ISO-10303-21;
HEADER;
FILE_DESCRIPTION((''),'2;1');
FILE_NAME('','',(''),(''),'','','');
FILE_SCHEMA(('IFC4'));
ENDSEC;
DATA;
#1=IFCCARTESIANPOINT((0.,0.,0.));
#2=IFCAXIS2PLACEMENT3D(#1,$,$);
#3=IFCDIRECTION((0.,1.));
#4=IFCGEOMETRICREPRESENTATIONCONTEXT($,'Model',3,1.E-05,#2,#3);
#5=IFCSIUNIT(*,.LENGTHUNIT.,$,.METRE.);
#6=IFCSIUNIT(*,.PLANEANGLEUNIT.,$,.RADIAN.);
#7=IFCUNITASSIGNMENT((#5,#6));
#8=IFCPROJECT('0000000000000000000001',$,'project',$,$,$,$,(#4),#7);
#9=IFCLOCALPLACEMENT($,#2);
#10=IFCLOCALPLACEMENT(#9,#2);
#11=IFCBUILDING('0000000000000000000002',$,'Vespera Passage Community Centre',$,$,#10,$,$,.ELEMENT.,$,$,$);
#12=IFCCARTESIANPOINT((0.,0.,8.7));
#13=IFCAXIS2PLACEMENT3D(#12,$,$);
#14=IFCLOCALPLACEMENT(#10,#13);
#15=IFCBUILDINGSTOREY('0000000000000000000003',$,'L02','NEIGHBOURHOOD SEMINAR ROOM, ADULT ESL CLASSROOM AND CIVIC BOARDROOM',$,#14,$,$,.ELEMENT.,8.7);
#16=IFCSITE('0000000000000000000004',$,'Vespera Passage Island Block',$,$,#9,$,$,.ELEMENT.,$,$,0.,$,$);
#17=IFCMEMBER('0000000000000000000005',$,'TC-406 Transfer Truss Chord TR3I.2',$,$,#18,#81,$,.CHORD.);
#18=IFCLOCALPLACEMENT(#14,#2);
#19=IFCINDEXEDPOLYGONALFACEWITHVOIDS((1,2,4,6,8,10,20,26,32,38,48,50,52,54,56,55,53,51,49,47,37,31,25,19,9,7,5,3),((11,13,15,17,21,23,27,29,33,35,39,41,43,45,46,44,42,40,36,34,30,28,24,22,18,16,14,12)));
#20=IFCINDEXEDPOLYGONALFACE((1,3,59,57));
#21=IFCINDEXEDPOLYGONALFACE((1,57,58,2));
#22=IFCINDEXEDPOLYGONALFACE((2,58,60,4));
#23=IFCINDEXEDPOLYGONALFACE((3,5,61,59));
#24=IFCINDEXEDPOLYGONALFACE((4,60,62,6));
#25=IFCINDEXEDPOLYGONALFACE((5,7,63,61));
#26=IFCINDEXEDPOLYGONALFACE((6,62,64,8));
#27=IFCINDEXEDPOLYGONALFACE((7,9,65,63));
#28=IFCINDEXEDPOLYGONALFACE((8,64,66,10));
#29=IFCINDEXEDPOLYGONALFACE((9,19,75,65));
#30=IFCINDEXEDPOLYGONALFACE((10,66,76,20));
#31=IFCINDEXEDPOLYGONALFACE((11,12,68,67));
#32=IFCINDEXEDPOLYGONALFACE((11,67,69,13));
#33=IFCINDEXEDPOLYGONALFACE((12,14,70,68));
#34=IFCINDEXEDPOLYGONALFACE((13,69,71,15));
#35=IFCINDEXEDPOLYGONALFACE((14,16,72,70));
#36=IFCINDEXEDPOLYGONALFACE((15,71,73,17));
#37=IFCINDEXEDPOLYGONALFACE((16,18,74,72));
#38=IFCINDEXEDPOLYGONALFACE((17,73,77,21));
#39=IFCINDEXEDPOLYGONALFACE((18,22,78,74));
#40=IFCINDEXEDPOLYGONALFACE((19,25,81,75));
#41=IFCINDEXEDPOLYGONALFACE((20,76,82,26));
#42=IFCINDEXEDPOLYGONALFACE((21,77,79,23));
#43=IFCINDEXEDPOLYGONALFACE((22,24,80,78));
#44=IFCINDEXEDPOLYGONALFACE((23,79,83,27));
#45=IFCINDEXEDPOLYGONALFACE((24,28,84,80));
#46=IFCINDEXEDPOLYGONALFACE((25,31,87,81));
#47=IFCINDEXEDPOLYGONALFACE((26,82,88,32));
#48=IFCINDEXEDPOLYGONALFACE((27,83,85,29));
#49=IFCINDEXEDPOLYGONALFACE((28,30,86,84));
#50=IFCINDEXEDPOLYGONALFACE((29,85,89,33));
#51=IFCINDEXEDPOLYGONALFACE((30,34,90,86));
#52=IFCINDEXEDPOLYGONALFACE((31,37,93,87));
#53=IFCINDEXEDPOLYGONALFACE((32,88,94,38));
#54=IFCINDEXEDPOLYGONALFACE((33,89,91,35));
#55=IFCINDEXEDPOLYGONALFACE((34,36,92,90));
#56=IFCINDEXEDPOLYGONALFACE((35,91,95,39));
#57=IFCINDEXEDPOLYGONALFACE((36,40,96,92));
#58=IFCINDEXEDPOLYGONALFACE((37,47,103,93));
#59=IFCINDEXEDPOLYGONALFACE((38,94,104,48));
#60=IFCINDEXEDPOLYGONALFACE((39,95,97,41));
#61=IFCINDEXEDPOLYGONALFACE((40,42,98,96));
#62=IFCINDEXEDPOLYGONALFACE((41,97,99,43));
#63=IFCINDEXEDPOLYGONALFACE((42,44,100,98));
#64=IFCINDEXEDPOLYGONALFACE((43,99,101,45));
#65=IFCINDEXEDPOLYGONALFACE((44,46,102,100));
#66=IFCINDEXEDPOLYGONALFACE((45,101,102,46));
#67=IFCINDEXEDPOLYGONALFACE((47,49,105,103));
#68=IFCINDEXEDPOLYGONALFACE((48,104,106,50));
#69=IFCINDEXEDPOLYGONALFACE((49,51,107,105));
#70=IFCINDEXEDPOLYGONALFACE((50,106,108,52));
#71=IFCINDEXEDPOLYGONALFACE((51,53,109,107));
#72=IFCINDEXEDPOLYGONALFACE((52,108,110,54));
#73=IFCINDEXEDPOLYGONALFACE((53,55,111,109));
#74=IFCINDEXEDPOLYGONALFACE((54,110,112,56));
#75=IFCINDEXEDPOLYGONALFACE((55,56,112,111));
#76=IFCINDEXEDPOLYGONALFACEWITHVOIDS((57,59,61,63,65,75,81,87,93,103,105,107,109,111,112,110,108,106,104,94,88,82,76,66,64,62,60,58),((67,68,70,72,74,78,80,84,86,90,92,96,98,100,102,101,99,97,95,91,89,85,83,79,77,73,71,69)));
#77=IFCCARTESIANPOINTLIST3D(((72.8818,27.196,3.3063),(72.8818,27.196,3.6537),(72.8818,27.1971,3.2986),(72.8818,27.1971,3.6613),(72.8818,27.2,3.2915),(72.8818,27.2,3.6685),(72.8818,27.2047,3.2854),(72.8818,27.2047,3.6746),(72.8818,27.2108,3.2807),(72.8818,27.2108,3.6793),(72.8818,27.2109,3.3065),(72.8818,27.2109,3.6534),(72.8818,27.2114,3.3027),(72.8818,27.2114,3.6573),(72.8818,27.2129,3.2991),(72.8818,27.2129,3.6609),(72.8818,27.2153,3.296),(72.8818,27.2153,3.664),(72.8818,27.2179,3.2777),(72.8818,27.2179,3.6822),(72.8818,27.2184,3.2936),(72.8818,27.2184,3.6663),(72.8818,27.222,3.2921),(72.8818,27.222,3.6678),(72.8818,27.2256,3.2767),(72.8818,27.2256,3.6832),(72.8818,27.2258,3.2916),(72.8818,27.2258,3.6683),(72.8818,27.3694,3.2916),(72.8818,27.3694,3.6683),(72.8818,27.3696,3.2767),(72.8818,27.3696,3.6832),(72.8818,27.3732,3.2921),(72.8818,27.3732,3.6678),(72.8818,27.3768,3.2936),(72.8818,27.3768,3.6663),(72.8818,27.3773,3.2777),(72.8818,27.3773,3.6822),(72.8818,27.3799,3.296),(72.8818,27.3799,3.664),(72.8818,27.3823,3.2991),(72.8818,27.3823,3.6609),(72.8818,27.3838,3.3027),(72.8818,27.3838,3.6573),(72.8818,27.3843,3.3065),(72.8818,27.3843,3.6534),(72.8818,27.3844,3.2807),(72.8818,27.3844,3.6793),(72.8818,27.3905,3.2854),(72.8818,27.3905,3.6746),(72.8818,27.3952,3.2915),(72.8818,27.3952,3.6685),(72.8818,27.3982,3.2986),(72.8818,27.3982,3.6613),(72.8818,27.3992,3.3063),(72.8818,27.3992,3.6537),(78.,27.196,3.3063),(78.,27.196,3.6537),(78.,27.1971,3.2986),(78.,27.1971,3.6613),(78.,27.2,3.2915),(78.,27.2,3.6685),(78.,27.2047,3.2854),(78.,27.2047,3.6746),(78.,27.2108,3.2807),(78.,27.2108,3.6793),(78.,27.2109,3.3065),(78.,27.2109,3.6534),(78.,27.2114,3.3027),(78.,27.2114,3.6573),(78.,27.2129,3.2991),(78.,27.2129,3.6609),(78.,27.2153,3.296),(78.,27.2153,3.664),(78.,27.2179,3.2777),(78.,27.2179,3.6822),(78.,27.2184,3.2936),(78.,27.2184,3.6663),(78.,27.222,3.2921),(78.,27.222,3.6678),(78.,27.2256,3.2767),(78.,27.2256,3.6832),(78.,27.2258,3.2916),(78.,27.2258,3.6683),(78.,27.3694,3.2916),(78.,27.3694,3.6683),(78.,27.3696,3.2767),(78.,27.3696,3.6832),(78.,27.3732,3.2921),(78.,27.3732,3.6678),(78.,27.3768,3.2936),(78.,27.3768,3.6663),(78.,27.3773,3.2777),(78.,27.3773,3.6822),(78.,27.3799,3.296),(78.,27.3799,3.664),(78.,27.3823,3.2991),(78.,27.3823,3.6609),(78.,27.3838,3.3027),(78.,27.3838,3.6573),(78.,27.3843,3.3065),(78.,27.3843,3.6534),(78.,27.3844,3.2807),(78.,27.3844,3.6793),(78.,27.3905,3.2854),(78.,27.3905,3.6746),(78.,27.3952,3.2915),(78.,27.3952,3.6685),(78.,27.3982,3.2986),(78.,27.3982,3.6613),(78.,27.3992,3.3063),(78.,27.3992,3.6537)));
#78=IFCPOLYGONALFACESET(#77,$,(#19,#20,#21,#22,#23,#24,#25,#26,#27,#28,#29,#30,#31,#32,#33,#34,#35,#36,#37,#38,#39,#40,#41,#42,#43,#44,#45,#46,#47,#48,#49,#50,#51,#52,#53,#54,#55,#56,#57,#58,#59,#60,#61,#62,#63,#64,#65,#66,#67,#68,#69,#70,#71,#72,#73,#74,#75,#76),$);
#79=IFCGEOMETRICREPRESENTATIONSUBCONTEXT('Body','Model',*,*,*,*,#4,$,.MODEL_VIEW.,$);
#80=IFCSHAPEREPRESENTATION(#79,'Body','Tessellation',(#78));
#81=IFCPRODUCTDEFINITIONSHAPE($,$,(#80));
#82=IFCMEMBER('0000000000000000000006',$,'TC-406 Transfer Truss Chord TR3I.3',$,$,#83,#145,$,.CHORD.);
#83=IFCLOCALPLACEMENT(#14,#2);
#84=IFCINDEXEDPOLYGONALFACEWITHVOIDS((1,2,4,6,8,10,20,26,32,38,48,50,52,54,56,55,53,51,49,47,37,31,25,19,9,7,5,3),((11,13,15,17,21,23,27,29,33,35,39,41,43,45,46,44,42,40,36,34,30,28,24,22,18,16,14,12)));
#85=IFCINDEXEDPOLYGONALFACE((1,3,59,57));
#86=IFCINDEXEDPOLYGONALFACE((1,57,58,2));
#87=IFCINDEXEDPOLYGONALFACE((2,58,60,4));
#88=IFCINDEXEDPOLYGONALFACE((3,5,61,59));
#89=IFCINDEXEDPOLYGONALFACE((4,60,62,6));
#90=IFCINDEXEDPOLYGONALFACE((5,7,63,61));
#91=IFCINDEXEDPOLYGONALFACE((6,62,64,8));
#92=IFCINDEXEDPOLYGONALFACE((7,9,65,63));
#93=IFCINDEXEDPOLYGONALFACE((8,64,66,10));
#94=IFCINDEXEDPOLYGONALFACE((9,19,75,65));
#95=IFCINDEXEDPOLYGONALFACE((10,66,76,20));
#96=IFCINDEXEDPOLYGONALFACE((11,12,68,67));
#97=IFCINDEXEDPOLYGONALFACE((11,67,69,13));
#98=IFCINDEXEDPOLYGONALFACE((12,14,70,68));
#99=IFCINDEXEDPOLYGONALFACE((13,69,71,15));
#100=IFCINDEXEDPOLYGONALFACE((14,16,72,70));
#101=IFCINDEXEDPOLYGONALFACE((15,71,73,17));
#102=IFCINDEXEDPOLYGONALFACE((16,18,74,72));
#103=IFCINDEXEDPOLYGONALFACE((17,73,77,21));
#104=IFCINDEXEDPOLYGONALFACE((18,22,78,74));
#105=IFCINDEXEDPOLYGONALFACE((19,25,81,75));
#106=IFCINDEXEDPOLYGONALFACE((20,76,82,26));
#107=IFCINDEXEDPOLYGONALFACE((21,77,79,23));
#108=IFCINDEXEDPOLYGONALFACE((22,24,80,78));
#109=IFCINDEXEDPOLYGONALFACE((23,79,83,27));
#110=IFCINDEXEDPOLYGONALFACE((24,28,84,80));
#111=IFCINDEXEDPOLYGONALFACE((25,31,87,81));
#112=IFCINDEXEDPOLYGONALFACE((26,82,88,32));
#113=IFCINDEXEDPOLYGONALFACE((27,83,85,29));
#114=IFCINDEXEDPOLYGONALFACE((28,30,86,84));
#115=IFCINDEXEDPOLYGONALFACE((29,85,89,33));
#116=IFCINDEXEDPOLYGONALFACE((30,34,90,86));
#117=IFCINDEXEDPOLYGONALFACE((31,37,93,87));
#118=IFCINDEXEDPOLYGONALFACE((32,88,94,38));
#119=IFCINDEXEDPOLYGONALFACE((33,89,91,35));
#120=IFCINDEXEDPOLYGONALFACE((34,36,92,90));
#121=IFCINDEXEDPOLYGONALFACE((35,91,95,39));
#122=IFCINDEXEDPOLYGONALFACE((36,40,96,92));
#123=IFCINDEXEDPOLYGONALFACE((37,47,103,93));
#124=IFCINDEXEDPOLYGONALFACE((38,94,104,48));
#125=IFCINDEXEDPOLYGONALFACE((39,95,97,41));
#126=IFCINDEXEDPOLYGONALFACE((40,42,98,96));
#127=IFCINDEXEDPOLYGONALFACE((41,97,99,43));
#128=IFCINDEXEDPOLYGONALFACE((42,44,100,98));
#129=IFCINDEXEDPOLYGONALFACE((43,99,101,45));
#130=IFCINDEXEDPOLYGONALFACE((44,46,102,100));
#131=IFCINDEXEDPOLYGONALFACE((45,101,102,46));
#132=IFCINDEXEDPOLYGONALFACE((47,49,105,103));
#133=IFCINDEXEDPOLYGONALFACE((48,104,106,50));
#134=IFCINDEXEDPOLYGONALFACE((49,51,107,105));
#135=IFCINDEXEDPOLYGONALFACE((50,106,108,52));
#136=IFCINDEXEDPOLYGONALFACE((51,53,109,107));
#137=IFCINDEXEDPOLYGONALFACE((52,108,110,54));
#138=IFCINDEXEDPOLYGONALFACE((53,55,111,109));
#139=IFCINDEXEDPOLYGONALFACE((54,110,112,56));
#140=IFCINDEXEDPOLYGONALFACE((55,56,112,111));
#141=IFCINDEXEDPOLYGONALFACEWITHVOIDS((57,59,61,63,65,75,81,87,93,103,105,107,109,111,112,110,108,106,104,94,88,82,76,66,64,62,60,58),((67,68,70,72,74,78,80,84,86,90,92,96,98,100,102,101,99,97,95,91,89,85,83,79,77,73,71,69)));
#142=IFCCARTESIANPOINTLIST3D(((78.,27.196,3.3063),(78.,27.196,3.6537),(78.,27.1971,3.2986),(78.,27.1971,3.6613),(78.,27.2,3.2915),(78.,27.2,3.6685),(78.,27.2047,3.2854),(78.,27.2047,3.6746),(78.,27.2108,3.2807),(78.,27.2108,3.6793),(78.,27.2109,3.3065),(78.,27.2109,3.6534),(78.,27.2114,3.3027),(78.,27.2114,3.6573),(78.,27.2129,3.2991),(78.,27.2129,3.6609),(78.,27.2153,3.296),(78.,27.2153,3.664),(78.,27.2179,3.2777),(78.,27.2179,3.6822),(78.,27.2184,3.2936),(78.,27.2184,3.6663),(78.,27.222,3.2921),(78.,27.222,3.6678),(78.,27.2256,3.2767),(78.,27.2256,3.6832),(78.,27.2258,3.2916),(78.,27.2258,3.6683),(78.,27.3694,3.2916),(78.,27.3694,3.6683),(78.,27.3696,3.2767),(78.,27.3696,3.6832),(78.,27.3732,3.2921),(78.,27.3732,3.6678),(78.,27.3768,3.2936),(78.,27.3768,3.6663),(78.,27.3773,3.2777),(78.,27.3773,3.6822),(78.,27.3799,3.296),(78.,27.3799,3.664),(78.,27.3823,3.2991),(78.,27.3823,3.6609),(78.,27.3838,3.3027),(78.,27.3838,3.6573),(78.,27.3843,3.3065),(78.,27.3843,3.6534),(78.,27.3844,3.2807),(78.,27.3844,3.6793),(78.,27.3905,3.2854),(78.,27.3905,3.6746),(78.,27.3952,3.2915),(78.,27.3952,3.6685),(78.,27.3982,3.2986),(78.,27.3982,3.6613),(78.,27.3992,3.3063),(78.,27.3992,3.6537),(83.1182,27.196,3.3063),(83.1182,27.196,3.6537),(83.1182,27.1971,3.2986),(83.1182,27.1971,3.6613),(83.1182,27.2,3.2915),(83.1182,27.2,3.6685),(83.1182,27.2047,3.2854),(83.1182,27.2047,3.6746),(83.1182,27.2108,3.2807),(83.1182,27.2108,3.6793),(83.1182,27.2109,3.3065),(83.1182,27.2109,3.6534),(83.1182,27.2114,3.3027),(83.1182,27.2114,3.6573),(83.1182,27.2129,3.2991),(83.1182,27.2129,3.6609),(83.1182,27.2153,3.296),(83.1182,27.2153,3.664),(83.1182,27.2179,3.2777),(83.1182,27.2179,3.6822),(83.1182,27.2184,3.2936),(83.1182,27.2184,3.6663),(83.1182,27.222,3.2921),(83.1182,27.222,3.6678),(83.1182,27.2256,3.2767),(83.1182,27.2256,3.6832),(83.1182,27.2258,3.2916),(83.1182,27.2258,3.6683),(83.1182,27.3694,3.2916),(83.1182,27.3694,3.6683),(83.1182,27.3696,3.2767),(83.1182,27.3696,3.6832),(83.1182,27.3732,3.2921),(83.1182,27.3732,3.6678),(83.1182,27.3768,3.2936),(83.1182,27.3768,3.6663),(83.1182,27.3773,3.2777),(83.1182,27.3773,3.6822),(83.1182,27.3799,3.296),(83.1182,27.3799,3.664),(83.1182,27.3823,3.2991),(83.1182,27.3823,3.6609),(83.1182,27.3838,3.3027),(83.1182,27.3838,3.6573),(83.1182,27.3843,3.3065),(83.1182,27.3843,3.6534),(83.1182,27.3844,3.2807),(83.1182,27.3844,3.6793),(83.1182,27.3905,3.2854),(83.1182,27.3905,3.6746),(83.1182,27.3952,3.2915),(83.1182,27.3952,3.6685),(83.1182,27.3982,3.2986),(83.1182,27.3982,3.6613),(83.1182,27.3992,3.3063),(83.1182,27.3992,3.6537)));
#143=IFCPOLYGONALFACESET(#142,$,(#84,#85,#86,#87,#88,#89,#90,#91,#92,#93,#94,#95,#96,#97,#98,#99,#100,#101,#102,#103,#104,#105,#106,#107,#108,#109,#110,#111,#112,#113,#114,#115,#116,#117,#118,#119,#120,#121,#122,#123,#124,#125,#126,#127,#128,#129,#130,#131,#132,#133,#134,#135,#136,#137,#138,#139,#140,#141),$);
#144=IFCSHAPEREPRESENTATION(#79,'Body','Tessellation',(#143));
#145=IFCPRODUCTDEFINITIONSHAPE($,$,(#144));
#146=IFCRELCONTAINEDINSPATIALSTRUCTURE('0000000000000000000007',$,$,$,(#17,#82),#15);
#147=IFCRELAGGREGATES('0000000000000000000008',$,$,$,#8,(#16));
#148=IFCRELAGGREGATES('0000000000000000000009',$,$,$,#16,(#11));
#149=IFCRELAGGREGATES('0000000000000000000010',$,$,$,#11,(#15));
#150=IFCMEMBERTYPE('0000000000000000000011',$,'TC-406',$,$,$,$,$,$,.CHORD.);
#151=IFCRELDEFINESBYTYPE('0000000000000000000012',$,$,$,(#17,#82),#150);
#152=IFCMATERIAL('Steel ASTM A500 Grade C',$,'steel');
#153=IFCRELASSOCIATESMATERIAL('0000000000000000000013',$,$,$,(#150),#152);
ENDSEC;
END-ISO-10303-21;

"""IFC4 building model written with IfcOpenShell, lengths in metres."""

from ifc_helpers import new_model, si_unit, direction, frame, origin, origin_2d, place, context, subcontext, project, spatial, hollow_rectangle, extrude, material, material_profile, profile_set, type_object, element, save


model = new_model("IFC4")

# Units and contexts
model_context = context("Model", 3, precision=1e-05, world=origin(), true_north=direction((0.0, 1.0)))
body_context = subcontext(model_context, "Body", "Model", "MODEL_VIEW")
ifc_project = project(units=[si_unit("LENGTHUNIT", "METRE"), si_unit("PLANEANGLEUNIT", "RADIAN")], contexts=[model_context])

# Site, building, storey
site_placement = place(None, origin())
site = spatial("IfcSite", under=ifc_project, at=site_placement, Name="Vespera Passage Island Block", CompositionType="ELEMENT", RefElevation=0.0)
building_placement = place(site_placement, origin())
building = spatial("IfcBuilding", under=site, at=building_placement, Name="Vespera Passage Community Centre", CompositionType="ELEMENT")
storey_placement = place(building_placement, frame((0.0, 0.0, 8.7)))
storey = spatial("IfcBuildingStorey", under=building, at=storey_placement, Name="L02", Description="NEIGHBOURHOOD SEMINAR ROOM, ADULT ESL CLASSROOM AND CIVIC BOARDROOM", CompositionType="ELEMENT", Elevation=8.7)

# Members
ifc_material_1 = material(Name="Steel ASTM A500 Grade C", Category="steel")
ifc_material_profile_1 = material_profile(ifc_material_1, hollow_rectangle(XDim=0.2031, YDim=0.4065, WallThickness=0.0149, InnerFilletRadius=0.0149, OuterFilletRadius=0.0295, at=origin_2d()), Name="HSS406X203X15.9")
ifc_profile_set_1 = profile_set([ifc_material_profile_1], Name="Steel ASTM A500 Grade C")
member_type_1 = type_object("IfcMemberType", Name="TC-406", PredefinedType="CHORD", material=ifc_profile_set_1)
for number, where, z_axis, x_axis, name in (
    (1, (72.8818, 27.2976, 3.48), (1.0, 0.0, 0.0), (0.0, 1.0, 0.0), "TC-406 Transfer Truss Chord TR3I.2"),
    (2, (78.0, 27.2976, 3.48), (1.0, 0.0, 0.0), (0.0, 1.0, 0.0), "TC-406 Transfer Truss Chord TR3I.3"),
):
    element("IfcMember", number, at=place(storey_placement, frame(where, z_axis=z_axis, x_axis=x_axis)), inside=storey, type_object=member_type_1, Name=name, PredefinedType="CHORD", context=body_context, shape_type="SweptSolid", body=[
        extrude(hollow_rectangle(XDim=0.2031, YDim=0.4065, WallThickness=0.0149, InnerFilletRadius=0.0149, OuterFilletRadius=0.0295, at=origin_2d()), origin(), (0.0, 0.0, 1.0), 5.1182),
    ])

save(model, "model.ifc")
